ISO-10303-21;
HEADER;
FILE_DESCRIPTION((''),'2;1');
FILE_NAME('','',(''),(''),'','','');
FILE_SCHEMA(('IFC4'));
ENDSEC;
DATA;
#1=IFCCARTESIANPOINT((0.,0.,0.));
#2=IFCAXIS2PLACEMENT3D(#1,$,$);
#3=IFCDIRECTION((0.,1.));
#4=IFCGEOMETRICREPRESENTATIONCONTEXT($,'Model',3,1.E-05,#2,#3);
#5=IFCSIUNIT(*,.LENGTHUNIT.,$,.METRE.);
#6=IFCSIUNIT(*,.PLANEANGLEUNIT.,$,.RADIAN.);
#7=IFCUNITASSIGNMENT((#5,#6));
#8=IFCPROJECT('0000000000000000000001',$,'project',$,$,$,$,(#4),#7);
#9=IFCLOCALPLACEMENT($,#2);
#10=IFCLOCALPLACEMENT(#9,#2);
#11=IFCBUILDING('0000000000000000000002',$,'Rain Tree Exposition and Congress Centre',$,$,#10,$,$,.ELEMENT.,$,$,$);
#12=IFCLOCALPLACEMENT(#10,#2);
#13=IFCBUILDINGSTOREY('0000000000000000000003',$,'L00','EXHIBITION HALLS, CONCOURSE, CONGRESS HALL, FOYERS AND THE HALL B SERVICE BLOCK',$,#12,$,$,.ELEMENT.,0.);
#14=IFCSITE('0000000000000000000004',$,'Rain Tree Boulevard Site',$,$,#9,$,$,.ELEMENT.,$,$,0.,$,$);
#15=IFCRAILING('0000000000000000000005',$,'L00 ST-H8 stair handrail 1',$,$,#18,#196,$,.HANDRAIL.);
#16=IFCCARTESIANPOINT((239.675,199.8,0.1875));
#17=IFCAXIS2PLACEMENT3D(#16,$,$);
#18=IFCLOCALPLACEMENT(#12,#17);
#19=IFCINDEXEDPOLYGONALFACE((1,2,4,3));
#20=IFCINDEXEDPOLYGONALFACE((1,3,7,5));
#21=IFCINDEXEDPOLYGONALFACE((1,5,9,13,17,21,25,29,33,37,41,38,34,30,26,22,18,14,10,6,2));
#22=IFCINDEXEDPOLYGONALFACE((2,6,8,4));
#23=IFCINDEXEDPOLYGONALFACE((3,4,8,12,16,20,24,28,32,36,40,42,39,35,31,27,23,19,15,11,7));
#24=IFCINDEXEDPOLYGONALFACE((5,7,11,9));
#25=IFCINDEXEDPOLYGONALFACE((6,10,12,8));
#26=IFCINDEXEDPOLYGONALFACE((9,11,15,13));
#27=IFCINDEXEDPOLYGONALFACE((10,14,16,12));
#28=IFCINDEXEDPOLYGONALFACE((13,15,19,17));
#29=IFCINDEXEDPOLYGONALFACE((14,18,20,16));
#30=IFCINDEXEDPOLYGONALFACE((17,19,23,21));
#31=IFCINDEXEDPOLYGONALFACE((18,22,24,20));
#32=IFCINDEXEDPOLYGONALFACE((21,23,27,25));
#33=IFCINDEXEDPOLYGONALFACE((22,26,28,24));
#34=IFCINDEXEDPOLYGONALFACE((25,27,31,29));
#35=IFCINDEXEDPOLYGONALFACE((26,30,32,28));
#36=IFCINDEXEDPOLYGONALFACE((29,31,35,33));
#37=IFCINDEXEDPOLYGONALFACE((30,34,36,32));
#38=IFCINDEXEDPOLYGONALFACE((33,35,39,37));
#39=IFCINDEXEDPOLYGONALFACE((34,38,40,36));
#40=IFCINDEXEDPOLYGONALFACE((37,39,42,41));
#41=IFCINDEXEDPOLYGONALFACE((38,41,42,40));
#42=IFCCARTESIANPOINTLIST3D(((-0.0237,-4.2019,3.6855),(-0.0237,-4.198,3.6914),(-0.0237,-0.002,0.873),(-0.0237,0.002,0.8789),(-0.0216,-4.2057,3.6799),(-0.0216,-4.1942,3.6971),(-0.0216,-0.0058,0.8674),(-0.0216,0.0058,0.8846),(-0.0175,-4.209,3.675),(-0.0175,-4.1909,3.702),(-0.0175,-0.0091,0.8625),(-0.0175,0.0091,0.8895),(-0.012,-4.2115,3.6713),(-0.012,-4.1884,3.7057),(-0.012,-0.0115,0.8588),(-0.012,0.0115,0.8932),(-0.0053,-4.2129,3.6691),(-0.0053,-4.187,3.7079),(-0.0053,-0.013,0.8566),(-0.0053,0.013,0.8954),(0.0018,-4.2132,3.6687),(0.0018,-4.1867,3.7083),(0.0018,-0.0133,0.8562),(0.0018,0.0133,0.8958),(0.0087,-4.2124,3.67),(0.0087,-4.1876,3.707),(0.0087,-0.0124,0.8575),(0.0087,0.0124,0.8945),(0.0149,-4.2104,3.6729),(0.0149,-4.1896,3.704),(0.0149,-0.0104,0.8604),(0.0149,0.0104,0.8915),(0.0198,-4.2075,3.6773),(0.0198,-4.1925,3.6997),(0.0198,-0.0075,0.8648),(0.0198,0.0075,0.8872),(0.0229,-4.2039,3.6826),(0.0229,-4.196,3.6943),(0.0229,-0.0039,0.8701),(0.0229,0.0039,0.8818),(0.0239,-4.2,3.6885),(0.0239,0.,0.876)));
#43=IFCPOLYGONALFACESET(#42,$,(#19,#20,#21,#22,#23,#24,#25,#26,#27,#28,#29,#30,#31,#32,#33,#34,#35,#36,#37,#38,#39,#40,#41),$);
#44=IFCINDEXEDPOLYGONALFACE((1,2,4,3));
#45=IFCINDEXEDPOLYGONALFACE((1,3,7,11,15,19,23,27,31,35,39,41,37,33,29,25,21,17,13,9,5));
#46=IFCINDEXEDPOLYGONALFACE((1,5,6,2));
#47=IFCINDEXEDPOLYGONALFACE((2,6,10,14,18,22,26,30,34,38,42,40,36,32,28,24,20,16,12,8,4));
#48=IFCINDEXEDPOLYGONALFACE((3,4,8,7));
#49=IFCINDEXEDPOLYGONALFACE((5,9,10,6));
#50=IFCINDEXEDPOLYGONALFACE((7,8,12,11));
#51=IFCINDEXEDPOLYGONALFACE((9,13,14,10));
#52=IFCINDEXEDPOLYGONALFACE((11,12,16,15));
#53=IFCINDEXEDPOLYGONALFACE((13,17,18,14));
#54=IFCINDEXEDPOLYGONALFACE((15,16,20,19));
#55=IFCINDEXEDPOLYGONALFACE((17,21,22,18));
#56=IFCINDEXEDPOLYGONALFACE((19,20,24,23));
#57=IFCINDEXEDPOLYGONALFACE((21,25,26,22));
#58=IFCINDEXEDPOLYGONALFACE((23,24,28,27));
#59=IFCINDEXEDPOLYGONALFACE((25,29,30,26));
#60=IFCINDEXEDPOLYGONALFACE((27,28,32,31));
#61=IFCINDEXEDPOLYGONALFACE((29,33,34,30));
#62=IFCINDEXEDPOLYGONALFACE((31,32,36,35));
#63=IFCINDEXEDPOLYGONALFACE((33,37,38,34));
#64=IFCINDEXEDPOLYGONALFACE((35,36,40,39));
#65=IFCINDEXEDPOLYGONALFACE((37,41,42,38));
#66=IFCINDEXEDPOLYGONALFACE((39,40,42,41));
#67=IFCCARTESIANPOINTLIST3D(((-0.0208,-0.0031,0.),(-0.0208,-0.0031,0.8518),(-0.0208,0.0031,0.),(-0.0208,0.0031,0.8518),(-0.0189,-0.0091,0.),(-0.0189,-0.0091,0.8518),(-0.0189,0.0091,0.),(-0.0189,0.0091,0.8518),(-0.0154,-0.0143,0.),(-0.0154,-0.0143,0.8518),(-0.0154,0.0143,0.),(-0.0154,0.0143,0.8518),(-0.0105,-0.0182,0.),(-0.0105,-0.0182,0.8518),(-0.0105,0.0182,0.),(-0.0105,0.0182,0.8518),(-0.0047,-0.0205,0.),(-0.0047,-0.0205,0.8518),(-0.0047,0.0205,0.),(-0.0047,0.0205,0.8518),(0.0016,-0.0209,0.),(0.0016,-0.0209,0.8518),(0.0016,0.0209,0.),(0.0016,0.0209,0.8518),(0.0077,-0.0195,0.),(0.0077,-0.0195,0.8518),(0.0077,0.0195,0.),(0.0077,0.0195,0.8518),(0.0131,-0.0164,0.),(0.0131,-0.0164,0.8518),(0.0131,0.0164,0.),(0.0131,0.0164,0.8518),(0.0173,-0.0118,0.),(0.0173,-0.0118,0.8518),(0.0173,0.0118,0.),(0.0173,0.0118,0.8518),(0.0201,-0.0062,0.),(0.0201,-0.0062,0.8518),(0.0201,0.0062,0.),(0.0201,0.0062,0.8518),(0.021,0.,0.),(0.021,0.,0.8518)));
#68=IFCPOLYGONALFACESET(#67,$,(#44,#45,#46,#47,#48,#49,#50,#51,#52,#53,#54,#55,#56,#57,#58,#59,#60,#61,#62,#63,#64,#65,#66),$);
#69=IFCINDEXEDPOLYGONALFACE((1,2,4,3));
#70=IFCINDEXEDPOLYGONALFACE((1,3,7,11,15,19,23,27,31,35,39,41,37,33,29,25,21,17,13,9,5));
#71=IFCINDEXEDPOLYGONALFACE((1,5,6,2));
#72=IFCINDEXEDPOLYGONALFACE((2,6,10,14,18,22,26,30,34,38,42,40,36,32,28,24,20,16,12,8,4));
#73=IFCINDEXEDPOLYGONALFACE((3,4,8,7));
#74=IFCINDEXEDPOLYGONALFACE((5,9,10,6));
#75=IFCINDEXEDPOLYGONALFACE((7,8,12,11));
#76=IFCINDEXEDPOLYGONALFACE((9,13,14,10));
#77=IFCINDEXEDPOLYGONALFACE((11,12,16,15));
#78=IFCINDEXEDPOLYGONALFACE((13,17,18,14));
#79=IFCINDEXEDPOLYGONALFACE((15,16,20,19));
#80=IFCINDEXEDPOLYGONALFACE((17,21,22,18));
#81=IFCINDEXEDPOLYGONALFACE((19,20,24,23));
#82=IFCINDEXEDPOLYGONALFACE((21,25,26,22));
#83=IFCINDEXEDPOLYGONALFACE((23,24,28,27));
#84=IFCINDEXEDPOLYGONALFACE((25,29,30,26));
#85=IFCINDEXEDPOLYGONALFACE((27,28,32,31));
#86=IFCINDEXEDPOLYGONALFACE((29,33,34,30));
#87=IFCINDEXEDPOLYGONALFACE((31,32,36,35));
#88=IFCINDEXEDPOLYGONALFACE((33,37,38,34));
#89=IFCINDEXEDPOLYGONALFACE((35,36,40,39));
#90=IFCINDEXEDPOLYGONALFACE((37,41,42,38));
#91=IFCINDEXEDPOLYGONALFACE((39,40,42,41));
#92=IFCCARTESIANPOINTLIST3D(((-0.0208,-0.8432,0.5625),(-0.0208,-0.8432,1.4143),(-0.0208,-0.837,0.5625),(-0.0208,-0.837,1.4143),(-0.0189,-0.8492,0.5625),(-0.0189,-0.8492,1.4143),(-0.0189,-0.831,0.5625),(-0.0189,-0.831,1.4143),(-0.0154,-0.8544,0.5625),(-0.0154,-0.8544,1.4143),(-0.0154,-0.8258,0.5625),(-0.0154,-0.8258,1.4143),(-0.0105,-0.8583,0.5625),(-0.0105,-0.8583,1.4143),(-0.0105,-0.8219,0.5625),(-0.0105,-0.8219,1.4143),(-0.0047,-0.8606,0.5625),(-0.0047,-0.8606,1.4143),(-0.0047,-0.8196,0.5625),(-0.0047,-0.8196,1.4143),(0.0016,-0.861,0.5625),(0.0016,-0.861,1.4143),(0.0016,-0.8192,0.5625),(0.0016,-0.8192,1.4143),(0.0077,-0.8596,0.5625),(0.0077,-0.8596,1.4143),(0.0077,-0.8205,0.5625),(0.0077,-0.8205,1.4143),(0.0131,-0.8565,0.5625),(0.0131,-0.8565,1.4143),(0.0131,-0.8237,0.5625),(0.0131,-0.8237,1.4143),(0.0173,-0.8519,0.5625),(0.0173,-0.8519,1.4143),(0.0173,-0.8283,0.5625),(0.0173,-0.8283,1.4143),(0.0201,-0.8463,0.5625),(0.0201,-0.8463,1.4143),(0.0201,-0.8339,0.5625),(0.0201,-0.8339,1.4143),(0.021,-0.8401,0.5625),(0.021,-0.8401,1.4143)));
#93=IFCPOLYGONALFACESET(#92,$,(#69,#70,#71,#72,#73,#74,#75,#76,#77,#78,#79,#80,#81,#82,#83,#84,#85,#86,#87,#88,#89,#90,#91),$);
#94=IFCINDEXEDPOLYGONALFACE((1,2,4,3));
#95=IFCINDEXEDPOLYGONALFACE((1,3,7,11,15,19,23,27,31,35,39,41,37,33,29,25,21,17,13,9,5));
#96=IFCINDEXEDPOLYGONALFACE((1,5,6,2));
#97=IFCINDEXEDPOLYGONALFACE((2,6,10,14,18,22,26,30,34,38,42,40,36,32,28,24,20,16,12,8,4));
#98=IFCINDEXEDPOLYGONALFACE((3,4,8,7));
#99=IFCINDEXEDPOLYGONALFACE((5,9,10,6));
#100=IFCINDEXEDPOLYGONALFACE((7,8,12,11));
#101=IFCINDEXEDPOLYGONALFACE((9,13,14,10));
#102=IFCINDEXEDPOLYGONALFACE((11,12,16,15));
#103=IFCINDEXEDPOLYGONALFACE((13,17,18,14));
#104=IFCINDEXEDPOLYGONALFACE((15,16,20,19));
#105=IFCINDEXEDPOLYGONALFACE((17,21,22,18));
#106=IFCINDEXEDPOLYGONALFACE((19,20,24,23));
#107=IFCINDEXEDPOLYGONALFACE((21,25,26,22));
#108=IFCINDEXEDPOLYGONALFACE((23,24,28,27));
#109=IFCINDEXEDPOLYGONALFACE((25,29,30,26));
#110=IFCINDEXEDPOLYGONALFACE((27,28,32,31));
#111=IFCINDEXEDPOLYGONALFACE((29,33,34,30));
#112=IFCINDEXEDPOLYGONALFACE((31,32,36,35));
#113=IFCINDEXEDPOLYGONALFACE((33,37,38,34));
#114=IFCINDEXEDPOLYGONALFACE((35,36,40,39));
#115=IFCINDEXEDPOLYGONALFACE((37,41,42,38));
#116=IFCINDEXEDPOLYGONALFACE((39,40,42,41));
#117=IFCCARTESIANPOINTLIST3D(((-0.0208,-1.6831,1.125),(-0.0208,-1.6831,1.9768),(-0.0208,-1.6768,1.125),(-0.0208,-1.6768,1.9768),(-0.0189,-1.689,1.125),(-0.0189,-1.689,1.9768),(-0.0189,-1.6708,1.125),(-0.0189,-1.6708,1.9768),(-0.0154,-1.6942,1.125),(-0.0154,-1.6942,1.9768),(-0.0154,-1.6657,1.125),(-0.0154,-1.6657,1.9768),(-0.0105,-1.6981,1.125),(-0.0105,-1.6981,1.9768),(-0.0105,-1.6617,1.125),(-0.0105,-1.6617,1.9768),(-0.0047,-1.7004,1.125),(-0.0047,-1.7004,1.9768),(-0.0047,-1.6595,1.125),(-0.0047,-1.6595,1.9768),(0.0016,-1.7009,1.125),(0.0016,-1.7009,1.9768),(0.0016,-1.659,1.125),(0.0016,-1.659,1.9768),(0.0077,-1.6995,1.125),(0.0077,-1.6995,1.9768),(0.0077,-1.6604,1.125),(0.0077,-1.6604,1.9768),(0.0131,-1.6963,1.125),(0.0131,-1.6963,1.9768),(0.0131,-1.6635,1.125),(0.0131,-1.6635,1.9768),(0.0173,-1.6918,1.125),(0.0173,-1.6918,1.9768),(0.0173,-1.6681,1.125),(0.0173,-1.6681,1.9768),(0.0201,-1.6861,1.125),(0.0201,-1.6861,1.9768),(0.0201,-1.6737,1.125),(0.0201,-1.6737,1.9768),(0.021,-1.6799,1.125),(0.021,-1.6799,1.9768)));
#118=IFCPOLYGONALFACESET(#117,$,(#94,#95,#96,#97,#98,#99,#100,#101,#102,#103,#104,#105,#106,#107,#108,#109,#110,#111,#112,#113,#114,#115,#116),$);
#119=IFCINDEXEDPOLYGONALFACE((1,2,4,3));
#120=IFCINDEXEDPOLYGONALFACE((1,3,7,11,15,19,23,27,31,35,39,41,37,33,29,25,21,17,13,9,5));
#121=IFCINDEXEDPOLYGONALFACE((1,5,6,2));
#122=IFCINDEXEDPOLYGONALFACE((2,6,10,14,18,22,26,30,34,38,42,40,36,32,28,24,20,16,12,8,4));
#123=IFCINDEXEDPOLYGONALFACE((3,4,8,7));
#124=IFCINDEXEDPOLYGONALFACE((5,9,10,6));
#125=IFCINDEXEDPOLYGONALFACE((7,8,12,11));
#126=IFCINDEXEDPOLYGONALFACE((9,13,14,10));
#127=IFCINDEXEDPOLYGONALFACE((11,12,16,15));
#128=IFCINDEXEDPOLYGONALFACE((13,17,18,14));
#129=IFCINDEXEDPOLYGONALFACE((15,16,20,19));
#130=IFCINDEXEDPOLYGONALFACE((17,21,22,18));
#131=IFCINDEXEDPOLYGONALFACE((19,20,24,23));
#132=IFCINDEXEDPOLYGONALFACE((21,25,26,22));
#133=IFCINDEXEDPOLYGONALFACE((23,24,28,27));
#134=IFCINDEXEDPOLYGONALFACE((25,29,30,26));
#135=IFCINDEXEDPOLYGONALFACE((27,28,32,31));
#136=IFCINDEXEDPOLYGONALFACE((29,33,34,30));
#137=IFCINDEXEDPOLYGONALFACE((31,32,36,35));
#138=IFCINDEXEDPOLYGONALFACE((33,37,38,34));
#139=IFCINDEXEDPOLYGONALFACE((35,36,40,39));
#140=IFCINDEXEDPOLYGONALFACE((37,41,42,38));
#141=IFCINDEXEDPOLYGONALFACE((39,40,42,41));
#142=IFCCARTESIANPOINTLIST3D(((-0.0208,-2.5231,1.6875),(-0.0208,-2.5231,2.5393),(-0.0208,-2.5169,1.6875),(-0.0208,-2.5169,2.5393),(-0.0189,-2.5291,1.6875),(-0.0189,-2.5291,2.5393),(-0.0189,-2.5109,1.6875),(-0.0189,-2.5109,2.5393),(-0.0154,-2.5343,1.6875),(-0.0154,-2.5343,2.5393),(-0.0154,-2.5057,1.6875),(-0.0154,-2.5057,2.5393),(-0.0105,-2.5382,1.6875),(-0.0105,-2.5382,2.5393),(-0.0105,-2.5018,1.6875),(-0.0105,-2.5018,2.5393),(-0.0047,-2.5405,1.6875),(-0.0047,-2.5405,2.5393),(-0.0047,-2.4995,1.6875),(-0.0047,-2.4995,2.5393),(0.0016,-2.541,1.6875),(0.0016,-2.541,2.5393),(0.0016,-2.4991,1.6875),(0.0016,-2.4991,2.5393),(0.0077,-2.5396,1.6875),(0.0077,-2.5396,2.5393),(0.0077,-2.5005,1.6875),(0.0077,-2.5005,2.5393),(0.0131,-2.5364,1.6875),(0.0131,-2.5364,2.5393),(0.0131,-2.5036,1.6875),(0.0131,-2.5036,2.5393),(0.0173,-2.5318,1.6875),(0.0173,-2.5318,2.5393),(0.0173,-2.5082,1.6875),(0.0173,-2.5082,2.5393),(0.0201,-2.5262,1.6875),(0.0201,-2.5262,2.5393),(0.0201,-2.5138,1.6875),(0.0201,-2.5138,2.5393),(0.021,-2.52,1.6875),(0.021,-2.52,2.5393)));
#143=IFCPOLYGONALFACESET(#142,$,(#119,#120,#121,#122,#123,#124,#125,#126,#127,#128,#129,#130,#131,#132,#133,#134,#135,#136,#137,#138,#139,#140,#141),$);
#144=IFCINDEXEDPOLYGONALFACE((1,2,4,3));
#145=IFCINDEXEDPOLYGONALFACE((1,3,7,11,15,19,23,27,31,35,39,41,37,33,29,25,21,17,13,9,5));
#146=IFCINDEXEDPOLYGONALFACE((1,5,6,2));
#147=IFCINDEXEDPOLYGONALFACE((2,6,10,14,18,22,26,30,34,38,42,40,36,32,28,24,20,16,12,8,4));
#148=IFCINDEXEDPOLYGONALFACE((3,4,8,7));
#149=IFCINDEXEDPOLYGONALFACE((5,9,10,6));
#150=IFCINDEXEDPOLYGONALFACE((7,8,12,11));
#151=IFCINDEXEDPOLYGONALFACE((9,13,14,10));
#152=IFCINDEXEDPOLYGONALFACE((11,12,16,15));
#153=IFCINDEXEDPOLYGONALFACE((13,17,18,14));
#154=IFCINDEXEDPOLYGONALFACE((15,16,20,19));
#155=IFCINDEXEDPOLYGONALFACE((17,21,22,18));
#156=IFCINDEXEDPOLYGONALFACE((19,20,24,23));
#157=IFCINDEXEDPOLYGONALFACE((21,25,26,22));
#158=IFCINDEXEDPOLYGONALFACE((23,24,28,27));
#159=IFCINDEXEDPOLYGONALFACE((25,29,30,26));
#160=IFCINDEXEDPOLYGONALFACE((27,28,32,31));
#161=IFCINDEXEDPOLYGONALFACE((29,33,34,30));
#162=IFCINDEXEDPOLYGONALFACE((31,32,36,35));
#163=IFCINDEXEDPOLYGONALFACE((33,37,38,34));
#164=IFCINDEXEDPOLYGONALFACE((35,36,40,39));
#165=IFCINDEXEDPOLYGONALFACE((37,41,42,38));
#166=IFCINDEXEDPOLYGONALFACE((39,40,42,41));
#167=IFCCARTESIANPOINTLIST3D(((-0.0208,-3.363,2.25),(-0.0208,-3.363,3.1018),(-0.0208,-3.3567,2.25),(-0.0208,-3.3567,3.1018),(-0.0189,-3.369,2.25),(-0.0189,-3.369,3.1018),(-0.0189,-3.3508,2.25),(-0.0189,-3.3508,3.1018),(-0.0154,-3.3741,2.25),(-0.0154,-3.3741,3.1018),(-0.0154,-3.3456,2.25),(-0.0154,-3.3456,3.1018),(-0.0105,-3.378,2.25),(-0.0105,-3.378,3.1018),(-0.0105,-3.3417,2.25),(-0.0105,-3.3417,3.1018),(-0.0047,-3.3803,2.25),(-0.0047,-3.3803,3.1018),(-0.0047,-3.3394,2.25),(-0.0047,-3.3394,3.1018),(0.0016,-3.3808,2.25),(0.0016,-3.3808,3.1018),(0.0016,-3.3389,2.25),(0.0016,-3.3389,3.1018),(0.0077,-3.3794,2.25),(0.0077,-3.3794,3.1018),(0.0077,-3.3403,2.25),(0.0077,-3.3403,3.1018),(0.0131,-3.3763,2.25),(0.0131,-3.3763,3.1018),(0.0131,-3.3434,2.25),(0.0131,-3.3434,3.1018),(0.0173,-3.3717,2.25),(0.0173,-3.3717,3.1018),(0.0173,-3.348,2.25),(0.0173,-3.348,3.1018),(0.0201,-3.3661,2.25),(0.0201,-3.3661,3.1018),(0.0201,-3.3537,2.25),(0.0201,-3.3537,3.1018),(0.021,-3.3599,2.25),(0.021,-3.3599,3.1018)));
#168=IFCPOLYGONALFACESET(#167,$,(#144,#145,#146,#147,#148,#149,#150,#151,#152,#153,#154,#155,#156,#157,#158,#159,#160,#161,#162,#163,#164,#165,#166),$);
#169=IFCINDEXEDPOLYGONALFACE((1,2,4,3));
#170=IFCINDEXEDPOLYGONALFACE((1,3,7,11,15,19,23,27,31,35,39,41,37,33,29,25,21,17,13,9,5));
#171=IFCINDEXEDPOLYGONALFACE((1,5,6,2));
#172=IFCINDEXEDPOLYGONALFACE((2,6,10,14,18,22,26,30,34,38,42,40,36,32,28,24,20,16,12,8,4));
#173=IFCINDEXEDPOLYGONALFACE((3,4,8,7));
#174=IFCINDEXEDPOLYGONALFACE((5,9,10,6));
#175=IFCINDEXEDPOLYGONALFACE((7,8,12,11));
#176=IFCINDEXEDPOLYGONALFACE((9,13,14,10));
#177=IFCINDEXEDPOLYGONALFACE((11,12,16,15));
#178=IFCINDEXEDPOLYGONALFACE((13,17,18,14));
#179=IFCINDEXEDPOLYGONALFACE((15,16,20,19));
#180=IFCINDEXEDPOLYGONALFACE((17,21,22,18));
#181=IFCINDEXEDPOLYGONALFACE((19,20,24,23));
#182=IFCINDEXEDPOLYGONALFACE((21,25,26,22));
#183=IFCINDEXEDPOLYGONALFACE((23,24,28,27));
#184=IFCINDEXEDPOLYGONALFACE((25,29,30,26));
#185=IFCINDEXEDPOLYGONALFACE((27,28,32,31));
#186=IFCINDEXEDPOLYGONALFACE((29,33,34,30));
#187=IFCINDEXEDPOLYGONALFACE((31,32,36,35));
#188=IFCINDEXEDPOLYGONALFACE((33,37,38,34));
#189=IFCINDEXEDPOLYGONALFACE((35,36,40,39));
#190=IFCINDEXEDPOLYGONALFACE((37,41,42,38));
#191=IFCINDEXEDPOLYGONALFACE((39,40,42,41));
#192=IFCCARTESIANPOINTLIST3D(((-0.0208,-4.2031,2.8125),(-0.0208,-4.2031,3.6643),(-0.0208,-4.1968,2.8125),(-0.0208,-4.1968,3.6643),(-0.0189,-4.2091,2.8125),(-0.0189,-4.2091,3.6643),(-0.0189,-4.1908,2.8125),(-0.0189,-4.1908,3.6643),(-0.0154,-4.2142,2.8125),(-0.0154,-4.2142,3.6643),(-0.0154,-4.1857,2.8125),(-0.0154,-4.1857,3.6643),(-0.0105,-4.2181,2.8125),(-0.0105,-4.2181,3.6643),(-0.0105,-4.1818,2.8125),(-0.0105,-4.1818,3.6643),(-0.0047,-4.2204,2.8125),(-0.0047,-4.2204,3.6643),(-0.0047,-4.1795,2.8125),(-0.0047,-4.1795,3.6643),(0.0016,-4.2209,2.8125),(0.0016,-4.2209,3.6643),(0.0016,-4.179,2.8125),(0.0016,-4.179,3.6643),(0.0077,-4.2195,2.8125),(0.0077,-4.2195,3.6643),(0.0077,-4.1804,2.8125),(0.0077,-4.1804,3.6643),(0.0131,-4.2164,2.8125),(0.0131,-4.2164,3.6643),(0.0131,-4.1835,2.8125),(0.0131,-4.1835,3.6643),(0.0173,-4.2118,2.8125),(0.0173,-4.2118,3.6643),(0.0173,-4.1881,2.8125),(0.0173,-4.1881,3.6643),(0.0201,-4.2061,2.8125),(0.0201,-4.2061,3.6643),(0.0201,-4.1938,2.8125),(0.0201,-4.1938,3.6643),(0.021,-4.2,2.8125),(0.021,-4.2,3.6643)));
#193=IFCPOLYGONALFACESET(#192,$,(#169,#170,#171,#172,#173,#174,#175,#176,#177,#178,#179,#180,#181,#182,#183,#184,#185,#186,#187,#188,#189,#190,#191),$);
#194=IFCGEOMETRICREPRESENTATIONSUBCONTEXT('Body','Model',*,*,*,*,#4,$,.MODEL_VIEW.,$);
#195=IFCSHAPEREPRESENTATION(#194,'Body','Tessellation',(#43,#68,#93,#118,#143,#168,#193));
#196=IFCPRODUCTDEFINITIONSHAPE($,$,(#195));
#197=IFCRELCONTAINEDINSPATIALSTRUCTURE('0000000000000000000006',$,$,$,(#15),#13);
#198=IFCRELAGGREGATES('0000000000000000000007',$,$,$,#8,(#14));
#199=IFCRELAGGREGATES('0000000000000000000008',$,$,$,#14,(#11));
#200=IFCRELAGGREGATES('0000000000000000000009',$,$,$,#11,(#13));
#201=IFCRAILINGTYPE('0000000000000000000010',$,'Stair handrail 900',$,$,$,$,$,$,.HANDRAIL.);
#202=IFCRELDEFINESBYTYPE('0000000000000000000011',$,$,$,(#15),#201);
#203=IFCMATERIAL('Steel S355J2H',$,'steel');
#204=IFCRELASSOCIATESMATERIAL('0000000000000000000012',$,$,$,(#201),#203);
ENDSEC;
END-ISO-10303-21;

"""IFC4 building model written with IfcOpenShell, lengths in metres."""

from ifc_helpers import new_model, si_unit, direction, frame, origin, origin_2d, place, context, subcontext, project, spatial, circle, extrude, material, type_object, element, save


model = new_model("IFC4")

# Units and contexts
model_context = context("Model", 3, precision=1e-05, world=origin(), true_north=direction((0.0, 1.0)))
body_context = subcontext(model_context, "Body", "Model", "MODEL_VIEW")
ifc_project = project(units=[si_unit("LENGTHUNIT", "METRE"), si_unit("PLANEANGLEUNIT", "RADIAN")], contexts=[model_context])

# Site, building, storey
site_placement = place(None, origin())
site = spatial("IfcSite", under=ifc_project, at=site_placement, Name="Rain Tree Boulevard Site", CompositionType="ELEMENT", RefElevation=0.0)
building_placement = place(site_placement, origin())
building = spatial("IfcBuilding", under=site, at=building_placement, Name="Rain Tree Exposition and Congress Centre", CompositionType="ELEMENT")
storey_placement = place(building_placement, origin())
storey = spatial("IfcBuildingStorey", under=building, at=storey_placement, Name="L00", Description="EXHIBITION HALLS, CONCOURSE, CONGRESS HALL, FOYERS AND THE HALL B SERVICE BLOCK", CompositionType="ELEMENT", Elevation=0.0)

# Railing
ifc_material_1 = material(Name="Steel S355J2H", Category="steel")
railing_type_1 = type_object("IfcRailingType", Name="Stair handrail 900", PredefinedType="HANDRAIL", material=ifc_material_1)
railing_1_placement = place(storey_placement, frame((239.675, 199.8, 0.1875)))
element("IfcRailing", 1, at=railing_1_placement, inside=storey, type_object=railing_type_1, Name="L00 ST-H8 stair handrail 1", PredefinedType="HANDRAIL", context=body_context, shape_type="SweptSolid", body=[
    extrude(circle(Radius=0.0239, at=origin_2d()), frame((0.0, 0.0, 0.876), z_axis=(0.0, -0.830904, 0.556416), x_axis=(1.0, 0.0, 0.0)), (0.0, 0.0, 1.0), 5.0547),
    extrude(circle(Radius=0.021, at=origin_2d()), origin(), (0.0, 0.0, 1.0), 0.8518),
    extrude(circle(Radius=0.021, at=origin_2d()), frame((0.0, -0.8401, 0.5625)), (0.0, 0.0, 1.0), 0.8518),
    extrude(circle(Radius=0.021, at=origin_2d()), frame((0.0, -1.6799, 1.125)), (0.0, 0.0, 1.0), 0.8518),
    extrude(circle(Radius=0.021, at=origin_2d()), frame((0.0, -2.52, 1.6875)), (0.0, 0.0, 1.0), 0.8518),
    extrude(circle(Radius=0.021, at=origin_2d()), frame((0.0, -3.3599, 2.25)), (0.0, 0.0, 1.0), 0.8518),
    extrude(circle(Radius=0.021, at=origin_2d()), frame((0.0, -4.2, 2.8125)), (0.0, 0.0, 1.0), 0.8518),
])

save(model, "model.ifc")
